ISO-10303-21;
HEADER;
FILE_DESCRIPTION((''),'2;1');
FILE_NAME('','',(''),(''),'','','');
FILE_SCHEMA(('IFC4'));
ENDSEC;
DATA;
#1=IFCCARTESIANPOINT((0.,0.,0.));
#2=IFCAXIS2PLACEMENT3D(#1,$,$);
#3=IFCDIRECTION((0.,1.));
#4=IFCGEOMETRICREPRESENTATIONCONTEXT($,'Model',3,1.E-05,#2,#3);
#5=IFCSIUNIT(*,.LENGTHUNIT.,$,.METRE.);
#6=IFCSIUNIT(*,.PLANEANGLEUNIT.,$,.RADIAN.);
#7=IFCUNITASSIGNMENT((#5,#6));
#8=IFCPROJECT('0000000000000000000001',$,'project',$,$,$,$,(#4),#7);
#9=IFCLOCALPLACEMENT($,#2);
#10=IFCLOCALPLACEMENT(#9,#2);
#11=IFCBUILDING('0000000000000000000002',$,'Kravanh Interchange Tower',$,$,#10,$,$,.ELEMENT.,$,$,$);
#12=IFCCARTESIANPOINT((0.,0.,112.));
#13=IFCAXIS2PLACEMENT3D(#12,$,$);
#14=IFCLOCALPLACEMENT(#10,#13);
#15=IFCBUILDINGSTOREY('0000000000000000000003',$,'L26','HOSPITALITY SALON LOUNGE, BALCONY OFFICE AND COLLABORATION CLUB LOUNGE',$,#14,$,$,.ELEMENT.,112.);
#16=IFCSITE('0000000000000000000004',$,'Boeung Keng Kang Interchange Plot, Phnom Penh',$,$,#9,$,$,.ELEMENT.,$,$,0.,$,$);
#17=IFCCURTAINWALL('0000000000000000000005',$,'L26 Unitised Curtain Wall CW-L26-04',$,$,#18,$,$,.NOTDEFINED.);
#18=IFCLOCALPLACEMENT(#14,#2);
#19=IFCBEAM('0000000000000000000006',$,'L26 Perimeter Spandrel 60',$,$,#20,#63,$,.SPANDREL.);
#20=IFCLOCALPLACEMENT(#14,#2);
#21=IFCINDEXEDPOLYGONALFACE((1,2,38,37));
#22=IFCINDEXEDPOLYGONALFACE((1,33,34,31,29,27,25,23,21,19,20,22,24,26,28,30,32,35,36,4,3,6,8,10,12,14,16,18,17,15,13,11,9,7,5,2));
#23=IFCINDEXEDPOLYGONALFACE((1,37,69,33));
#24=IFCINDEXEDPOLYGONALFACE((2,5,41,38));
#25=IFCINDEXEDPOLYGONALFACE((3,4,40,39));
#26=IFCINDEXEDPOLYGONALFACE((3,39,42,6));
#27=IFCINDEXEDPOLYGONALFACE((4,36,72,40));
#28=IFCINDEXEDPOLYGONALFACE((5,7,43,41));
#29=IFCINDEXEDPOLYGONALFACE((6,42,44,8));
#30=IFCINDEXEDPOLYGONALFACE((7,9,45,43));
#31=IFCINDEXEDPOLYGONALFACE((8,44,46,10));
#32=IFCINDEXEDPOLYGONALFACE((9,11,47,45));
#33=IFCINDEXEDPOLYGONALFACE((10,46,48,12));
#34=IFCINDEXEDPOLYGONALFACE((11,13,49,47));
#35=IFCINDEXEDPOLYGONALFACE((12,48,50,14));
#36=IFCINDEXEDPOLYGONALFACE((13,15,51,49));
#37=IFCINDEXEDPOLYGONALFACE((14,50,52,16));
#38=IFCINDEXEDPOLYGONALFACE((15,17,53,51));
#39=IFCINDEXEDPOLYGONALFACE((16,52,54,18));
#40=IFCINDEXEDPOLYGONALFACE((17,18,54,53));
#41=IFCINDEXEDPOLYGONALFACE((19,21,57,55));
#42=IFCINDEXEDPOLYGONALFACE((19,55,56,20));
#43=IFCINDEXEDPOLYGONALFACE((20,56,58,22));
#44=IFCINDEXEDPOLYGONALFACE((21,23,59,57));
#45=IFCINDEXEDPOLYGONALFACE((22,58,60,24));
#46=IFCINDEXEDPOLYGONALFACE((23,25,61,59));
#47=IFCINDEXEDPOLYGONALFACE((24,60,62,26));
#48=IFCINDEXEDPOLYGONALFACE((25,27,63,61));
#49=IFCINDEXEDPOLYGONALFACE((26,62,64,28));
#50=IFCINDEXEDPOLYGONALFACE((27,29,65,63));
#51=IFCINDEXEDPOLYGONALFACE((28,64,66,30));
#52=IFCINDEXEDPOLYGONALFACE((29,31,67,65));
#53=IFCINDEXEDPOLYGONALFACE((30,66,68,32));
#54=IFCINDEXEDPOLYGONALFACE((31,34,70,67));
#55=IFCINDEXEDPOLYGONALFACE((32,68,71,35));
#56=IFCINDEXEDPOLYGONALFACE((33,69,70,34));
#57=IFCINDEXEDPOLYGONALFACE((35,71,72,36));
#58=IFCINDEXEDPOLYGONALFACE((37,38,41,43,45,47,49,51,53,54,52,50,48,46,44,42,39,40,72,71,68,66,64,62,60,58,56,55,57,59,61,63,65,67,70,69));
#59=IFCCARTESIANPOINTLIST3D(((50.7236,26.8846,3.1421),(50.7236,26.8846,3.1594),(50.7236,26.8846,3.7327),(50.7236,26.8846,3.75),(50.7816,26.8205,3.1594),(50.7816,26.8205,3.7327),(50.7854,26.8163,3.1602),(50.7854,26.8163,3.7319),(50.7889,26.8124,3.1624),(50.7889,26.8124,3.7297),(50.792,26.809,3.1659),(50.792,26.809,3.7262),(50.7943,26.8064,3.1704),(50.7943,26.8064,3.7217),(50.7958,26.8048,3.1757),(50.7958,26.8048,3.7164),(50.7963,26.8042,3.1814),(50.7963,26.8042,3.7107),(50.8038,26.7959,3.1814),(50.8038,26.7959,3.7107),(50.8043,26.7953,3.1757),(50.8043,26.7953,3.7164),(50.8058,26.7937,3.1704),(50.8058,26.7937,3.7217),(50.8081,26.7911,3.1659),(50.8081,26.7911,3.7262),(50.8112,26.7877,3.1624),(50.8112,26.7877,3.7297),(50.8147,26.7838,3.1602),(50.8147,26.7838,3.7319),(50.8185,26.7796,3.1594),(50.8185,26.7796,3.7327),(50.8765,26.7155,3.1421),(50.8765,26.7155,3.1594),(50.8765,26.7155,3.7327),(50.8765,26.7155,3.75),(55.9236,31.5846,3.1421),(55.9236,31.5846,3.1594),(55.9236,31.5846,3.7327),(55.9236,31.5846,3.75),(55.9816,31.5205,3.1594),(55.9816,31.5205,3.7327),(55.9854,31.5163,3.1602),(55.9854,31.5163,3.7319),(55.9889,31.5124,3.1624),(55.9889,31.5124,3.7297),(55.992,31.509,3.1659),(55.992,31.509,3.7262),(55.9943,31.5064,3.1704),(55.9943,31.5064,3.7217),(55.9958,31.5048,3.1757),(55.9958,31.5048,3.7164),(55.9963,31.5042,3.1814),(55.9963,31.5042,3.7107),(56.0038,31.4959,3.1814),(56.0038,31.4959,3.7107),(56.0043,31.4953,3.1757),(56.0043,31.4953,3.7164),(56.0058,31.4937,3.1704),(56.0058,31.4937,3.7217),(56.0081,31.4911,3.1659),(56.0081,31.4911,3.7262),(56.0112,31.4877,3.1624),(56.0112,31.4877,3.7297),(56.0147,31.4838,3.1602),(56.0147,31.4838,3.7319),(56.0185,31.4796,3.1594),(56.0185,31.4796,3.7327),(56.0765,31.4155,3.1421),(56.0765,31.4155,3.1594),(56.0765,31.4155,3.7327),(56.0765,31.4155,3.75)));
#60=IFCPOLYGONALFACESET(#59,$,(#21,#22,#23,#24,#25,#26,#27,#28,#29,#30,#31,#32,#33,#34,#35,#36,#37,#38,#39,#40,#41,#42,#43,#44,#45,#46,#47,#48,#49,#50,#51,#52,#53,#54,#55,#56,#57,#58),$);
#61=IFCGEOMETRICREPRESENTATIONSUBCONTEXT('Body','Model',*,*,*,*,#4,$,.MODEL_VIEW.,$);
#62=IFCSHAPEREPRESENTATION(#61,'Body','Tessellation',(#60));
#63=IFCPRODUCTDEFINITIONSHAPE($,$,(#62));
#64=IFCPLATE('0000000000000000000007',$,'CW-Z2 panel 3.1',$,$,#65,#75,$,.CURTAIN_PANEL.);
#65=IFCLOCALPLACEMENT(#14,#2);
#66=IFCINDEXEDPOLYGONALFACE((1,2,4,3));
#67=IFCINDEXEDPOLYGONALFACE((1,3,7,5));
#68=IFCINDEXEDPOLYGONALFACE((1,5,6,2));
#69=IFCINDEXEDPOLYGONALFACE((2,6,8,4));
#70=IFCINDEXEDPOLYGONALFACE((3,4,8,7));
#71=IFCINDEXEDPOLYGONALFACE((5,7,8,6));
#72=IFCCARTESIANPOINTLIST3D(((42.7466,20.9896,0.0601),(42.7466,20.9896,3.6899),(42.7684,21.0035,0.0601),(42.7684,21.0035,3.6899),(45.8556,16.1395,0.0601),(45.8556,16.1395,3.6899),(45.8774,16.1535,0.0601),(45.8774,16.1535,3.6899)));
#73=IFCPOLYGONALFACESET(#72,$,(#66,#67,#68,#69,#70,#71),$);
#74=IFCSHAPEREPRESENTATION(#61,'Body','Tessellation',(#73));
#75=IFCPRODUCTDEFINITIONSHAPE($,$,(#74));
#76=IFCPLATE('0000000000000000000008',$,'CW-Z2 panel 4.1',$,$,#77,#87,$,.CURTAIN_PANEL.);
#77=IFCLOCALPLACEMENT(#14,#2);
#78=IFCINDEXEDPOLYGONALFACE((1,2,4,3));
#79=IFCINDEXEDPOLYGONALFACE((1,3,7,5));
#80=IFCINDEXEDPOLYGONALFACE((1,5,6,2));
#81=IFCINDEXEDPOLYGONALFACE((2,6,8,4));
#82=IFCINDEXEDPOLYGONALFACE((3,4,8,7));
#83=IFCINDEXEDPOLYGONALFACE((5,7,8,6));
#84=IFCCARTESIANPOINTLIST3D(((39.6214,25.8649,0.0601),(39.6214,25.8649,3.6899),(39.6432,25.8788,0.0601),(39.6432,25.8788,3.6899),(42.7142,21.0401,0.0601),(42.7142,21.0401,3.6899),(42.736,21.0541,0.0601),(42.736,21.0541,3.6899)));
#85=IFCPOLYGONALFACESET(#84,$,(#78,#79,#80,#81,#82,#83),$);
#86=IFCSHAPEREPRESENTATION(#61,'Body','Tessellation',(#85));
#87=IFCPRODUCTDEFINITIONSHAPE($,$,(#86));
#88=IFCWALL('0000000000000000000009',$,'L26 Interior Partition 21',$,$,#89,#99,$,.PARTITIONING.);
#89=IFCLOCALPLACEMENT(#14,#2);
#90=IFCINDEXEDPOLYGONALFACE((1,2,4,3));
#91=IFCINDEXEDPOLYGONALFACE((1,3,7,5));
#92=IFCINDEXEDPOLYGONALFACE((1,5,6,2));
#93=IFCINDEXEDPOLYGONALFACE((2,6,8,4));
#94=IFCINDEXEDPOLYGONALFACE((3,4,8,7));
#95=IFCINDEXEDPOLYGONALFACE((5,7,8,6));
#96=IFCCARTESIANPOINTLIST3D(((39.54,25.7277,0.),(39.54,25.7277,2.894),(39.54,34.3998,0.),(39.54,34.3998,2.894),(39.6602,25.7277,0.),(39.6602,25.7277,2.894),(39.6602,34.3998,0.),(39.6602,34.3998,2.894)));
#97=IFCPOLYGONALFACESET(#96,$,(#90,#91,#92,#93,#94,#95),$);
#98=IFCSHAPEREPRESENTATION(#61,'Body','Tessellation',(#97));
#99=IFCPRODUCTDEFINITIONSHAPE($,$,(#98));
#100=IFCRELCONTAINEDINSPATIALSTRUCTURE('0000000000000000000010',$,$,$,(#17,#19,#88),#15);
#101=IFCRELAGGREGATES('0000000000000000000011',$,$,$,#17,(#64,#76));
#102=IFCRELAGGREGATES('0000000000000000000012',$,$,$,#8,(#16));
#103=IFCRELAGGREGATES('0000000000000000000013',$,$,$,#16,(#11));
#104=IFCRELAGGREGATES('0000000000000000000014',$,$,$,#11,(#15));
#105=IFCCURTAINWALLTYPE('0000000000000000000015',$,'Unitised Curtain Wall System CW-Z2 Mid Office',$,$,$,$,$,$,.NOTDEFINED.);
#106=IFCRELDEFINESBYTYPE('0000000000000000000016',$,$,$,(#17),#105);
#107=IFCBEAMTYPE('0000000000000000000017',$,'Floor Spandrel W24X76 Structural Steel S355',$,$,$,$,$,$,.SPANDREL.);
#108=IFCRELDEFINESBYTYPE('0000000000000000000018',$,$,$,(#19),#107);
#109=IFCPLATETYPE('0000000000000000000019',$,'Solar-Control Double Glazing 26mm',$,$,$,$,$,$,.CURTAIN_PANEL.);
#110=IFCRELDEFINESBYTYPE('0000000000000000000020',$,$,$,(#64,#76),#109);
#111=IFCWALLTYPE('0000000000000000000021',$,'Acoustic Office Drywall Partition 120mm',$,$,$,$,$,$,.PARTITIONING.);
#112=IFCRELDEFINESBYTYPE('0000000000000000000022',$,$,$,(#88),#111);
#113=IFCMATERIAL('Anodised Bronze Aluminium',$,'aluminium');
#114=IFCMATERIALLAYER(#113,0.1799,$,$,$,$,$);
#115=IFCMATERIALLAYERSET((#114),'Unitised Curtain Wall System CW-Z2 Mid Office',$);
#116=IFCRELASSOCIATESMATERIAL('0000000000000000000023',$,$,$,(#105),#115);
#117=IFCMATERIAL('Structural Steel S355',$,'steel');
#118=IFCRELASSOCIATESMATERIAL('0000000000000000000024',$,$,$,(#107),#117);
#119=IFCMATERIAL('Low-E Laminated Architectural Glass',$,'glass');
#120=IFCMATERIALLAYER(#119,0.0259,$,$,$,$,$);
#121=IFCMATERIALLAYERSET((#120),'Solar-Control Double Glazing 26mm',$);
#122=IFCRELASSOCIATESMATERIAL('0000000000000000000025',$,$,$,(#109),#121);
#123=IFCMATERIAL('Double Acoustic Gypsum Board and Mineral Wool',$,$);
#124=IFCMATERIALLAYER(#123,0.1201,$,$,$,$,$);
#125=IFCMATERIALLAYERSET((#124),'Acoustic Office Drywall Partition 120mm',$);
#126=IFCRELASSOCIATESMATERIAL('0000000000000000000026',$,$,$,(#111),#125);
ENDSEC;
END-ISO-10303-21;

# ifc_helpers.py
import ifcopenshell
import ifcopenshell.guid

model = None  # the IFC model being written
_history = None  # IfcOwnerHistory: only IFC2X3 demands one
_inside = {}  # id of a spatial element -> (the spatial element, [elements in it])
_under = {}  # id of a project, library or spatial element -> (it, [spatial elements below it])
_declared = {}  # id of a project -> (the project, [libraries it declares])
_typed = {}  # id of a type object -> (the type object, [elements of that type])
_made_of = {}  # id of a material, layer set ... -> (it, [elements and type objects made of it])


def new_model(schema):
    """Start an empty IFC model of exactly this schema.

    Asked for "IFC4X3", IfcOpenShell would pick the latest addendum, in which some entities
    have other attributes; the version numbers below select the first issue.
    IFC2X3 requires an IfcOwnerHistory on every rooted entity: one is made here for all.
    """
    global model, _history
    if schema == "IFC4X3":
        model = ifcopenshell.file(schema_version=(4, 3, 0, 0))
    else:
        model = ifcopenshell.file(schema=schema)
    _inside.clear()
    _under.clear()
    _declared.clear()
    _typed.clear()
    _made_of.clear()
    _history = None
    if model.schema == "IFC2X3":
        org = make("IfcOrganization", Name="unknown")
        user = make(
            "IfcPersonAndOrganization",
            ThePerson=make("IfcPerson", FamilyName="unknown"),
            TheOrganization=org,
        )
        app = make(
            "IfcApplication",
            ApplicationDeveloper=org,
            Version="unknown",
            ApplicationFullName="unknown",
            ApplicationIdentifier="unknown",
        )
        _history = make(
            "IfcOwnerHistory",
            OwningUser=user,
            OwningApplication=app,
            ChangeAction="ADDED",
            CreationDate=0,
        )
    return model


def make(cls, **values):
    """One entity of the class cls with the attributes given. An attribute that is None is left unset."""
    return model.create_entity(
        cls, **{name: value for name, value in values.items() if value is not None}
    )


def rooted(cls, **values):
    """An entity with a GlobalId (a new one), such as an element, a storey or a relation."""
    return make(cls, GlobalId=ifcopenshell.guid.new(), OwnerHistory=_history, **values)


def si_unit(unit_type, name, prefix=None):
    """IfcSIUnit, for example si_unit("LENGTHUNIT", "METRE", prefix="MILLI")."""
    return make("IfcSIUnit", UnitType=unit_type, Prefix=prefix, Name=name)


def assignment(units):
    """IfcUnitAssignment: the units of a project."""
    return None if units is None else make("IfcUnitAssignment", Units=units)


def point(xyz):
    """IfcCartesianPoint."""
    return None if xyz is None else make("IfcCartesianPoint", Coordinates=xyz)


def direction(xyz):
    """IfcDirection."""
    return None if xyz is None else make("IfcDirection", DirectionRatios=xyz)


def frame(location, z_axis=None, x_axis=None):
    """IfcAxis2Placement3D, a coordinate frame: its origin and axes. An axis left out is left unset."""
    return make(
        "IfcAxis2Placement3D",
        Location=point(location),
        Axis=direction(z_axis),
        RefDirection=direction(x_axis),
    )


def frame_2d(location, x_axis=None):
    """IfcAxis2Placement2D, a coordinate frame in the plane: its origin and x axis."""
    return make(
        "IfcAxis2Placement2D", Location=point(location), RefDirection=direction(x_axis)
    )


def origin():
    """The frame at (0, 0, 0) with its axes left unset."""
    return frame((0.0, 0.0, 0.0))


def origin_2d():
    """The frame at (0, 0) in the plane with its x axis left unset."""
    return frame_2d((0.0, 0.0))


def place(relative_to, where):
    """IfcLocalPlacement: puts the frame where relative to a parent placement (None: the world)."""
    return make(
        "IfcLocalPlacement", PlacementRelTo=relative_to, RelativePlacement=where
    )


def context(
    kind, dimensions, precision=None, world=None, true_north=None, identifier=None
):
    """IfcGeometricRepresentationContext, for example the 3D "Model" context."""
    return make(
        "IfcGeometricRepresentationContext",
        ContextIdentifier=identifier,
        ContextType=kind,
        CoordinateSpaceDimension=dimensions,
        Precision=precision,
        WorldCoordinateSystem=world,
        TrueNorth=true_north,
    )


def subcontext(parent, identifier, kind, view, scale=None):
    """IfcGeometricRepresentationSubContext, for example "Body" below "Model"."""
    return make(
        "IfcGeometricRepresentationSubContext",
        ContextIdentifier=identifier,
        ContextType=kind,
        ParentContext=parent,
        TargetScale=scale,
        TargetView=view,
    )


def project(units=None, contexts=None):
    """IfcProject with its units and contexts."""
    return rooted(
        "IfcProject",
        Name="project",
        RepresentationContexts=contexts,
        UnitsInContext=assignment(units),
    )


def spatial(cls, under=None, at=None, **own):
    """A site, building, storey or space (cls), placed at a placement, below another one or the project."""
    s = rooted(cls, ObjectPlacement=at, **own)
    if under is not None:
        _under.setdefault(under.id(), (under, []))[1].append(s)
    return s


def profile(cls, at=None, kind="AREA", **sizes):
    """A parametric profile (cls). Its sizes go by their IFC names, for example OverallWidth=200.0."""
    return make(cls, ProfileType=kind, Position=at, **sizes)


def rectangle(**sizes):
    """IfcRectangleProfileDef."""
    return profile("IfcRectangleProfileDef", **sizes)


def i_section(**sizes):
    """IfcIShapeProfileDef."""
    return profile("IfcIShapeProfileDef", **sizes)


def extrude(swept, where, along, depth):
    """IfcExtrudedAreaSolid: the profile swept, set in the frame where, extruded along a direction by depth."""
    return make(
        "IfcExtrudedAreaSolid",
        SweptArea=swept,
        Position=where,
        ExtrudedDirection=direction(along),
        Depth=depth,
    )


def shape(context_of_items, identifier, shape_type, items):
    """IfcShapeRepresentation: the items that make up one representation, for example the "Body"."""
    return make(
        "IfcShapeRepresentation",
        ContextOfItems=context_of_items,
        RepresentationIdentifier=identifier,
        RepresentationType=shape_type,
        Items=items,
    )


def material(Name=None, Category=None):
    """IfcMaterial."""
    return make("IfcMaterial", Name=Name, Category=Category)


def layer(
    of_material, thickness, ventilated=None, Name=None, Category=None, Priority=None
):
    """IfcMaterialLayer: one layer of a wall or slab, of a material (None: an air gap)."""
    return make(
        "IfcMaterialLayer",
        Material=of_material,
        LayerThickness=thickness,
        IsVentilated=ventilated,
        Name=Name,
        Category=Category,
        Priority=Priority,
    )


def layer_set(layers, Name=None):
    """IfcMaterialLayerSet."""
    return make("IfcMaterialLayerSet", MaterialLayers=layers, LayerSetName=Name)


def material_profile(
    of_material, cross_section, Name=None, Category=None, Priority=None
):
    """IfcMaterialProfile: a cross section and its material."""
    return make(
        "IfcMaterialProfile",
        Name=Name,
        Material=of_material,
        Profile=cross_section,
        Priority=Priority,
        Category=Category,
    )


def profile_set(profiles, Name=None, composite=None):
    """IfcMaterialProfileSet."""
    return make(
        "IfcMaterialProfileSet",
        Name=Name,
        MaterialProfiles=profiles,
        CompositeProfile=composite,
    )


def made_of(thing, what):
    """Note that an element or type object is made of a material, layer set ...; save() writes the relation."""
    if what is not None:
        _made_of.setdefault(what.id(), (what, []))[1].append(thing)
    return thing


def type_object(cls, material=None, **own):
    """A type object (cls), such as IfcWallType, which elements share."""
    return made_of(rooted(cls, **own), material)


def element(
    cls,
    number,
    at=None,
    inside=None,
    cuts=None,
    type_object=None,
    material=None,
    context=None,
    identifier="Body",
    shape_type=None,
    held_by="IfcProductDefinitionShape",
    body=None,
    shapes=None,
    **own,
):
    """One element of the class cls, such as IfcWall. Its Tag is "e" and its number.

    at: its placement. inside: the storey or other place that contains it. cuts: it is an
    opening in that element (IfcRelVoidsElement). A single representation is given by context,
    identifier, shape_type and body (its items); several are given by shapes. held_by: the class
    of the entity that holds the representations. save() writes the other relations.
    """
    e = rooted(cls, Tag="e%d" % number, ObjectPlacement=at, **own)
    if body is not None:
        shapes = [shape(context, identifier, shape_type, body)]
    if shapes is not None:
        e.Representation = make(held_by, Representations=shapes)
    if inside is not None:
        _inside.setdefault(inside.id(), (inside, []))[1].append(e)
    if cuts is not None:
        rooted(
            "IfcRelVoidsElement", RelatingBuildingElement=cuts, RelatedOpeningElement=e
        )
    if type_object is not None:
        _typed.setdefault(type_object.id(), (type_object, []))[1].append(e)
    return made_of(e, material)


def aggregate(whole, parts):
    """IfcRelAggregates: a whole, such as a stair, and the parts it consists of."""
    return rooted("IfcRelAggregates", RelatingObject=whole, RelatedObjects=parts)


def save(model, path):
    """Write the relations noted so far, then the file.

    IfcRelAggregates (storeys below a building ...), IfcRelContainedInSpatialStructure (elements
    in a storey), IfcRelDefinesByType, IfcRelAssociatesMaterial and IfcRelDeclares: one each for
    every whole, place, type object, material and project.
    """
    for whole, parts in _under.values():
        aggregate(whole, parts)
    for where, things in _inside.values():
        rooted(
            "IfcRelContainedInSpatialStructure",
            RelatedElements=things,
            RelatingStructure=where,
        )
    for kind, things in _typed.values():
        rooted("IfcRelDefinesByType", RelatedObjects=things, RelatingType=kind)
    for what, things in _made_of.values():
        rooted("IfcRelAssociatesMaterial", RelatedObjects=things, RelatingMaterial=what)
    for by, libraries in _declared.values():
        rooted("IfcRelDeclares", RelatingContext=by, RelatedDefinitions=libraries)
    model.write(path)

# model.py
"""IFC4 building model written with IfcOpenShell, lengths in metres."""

from ifc_helpers import new_model, si_unit, direction, frame, frame_2d, origin, origin_2d, place, context, subcontext, project, spatial, rectangle, i_section, extrude, material, layer, layer_set, material_profile, profile_set, type_object, element, aggregate, save


model = new_model("IFC4")

# Units and contexts
model_context = context("Model", 3, precision=1e-05, world=origin(), true_north=direction((0.0, 1.0)))
body_context = subcontext(model_context, "Body", "Model", "MODEL_VIEW")
ifc_project = project(units=[si_unit("LENGTHUNIT", "METRE"), si_unit("PLANEANGLEUNIT", "RADIAN")], contexts=[model_context])

# Site, building, storey
site_placement = place(None, origin())
site = spatial("IfcSite", under=ifc_project, at=site_placement, Name="Boeung Keng Kang Interchange Plot, Phnom Penh", CompositionType="ELEMENT", RefElevation=0.0)
building_placement = place(site_placement, origin())
building = spatial("IfcBuilding", under=site, at=building_placement, Name="Kravanh Interchange Tower", CompositionType="ELEMENT")
storey_placement = place(building_placement, frame((0.0, 0.0, 112.0)))
storey = spatial("IfcBuildingStorey", under=building, at=storey_placement, Name="L26", Description="HOSPITALITY SALON LOUNGE, BALCONY OFFICE AND COLLABORATION CLUB LOUNGE", CompositionType="ELEMENT", Elevation=112.0)

# Curtain wall
ifc_material_1 = material(Name="Anodised Bronze Aluminium", Category="aluminium")
ifc_layer_1 = layer(ifc_material_1, 0.1799)
ifc_layer_set_1 = layer_set([ifc_layer_1], Name="Unitised Curtain Wall System CW-Z2 Mid Office")
curtain_wall_type = type_object("IfcCurtainWallType", Name="Unitised Curtain Wall System CW-Z2 Mid Office", PredefinedType="NOTDEFINED", material=ifc_layer_set_1)
curtain_wall_1_placement = place(storey_placement, origin())
curtain_wall_1 = element("IfcCurtainWall", 1, at=curtain_wall_1_placement, inside=storey, type_object=curtain_wall_type, Name="L26 Unitised Curtain Wall CW-L26-04", PredefinedType="NOTDEFINED")

# Beam
ifc_material_2 = material(Name="Structural Steel S355", Category="steel")
ifc_material_profile_1 = material_profile(ifc_material_2, i_section(OverallWidth=0.228, OverallDepth=0.6079, WebThickness=0.0112, FlangeThickness=0.0173, FilletRadius=0.022, at=origin_2d()), Name="W24X76")
ifc_profile_set_1 = profile_set([ifc_material_profile_1], Name="Structural Steel S355")
beam_type_1 = type_object("IfcBeamType", Name="Floor Spandrel W24X76 Structural Steel S355", PredefinedType="SPANDREL", material=ifc_profile_set_1)
beam_1_placement = place(storey_placement, frame((50.8, 26.8, 3.446), z_axis=(0.741874, 0.670539, 0.0), x_axis=(-0.670539, 0.741874, 0.0)))
element("IfcBeam", 2, at=beam_1_placement, inside=storey, type_object=beam_type_1, Name="L26 Perimeter Spandrel 60", PredefinedType="SPANDREL", context=body_context, shape_type="SweptSolid", body=[
    extrude(i_section(OverallWidth=0.228, OverallDepth=0.6079, WebThickness=0.0112, FlangeThickness=0.0173, FilletRadius=0.022, at=origin_2d()), origin(), (0.0, 0.0, 1.0), 7.0093),
])

# Plates
ifc_material_3 = material(Name="Low-E Laminated Architectural Glass", Category="glass")
ifc_layer_2 = layer(ifc_material_3, 0.0259)
ifc_layer_set_2 = layer_set([ifc_layer_2], Name="Solar-Control Double Glazing 26mm")
plate_type = type_object("IfcPlateType", Name="Solar-Control Double Glazing 26mm", PredefinedType="CURTAIN_PANEL", material=ifc_layer_set_2)
plate_1_placement = place(storey_placement, frame((44.312, 18.5715, 0.0601), z_axis=(0.0, 0.0, 1.0), x_axis=(-0.539665, 0.84188, 0.0)))
plate_1 = element("IfcPlate", 3, at=plate_1_placement, type_object=plate_type, Name="CW-Z2 panel 3.1", PredefinedType="CURTAIN_PANEL", context=body_context, shape_type="SweptSolid", body=[
    extrude(rectangle(XDim=5.761, YDim=0.0259, at=origin_2d()), origin(), (0.0, 0.0, 1.0), 3.6299),
])
plate_2_placement = place(storey_placement, frame((41.1787, 23.4595, 0.0601), z_axis=(0.0, 0.0, 1.0), x_axis=(-0.539665, 0.84188, 0.0)))
plate_2 = element("IfcPlate", 4, at=plate_2_placement, type_object=plate_type, Name="CW-Z2 panel 4.1", PredefinedType="CURTAIN_PANEL", context=body_context, shape_type="SweptSolid", body=[
    extrude(rectangle(XDim=5.731, YDim=0.0259, at=origin_2d()), origin(), (0.0, 0.0, 1.0), 3.6299),
])
aggregate(curtain_wall_1, [plate_1, plate_2])

# Wall
ifc_material_4 = material(Name="Double Acoustic Gypsum Board and Mineral Wool")
ifc_layer_3 = layer(ifc_material_4, 0.1201)
ifc_layer_set_3 = layer_set([ifc_layer_3], Name="Acoustic Office Drywall Partition 120mm")
wall_type = type_object("IfcWallType", Name="Acoustic Office Drywall Partition 120mm", PredefinedType="PARTITIONING", material=ifc_layer_set_3)
wall_placement = place(storey_placement, frame((39.6001, 25.7278, 0.0), z_axis=(0.0, 0.0, 1.0), x_axis=(0.0, 1.0, 0.0)))
element("IfcWall", 5, at=wall_placement, inside=storey, type_object=wall_type, Name="L26 Interior Partition 21", PredefinedType="PARTITIONING", context=body_context, shape_type="SweptSolid", body=[
    extrude(rectangle(XDim=8.6721, YDim=0.1201, at=frame_2d((4.3359, 0.0))), origin(), (0.0, 0.0, 1.0), 2.894),
])

save(model, "model.ifc")
